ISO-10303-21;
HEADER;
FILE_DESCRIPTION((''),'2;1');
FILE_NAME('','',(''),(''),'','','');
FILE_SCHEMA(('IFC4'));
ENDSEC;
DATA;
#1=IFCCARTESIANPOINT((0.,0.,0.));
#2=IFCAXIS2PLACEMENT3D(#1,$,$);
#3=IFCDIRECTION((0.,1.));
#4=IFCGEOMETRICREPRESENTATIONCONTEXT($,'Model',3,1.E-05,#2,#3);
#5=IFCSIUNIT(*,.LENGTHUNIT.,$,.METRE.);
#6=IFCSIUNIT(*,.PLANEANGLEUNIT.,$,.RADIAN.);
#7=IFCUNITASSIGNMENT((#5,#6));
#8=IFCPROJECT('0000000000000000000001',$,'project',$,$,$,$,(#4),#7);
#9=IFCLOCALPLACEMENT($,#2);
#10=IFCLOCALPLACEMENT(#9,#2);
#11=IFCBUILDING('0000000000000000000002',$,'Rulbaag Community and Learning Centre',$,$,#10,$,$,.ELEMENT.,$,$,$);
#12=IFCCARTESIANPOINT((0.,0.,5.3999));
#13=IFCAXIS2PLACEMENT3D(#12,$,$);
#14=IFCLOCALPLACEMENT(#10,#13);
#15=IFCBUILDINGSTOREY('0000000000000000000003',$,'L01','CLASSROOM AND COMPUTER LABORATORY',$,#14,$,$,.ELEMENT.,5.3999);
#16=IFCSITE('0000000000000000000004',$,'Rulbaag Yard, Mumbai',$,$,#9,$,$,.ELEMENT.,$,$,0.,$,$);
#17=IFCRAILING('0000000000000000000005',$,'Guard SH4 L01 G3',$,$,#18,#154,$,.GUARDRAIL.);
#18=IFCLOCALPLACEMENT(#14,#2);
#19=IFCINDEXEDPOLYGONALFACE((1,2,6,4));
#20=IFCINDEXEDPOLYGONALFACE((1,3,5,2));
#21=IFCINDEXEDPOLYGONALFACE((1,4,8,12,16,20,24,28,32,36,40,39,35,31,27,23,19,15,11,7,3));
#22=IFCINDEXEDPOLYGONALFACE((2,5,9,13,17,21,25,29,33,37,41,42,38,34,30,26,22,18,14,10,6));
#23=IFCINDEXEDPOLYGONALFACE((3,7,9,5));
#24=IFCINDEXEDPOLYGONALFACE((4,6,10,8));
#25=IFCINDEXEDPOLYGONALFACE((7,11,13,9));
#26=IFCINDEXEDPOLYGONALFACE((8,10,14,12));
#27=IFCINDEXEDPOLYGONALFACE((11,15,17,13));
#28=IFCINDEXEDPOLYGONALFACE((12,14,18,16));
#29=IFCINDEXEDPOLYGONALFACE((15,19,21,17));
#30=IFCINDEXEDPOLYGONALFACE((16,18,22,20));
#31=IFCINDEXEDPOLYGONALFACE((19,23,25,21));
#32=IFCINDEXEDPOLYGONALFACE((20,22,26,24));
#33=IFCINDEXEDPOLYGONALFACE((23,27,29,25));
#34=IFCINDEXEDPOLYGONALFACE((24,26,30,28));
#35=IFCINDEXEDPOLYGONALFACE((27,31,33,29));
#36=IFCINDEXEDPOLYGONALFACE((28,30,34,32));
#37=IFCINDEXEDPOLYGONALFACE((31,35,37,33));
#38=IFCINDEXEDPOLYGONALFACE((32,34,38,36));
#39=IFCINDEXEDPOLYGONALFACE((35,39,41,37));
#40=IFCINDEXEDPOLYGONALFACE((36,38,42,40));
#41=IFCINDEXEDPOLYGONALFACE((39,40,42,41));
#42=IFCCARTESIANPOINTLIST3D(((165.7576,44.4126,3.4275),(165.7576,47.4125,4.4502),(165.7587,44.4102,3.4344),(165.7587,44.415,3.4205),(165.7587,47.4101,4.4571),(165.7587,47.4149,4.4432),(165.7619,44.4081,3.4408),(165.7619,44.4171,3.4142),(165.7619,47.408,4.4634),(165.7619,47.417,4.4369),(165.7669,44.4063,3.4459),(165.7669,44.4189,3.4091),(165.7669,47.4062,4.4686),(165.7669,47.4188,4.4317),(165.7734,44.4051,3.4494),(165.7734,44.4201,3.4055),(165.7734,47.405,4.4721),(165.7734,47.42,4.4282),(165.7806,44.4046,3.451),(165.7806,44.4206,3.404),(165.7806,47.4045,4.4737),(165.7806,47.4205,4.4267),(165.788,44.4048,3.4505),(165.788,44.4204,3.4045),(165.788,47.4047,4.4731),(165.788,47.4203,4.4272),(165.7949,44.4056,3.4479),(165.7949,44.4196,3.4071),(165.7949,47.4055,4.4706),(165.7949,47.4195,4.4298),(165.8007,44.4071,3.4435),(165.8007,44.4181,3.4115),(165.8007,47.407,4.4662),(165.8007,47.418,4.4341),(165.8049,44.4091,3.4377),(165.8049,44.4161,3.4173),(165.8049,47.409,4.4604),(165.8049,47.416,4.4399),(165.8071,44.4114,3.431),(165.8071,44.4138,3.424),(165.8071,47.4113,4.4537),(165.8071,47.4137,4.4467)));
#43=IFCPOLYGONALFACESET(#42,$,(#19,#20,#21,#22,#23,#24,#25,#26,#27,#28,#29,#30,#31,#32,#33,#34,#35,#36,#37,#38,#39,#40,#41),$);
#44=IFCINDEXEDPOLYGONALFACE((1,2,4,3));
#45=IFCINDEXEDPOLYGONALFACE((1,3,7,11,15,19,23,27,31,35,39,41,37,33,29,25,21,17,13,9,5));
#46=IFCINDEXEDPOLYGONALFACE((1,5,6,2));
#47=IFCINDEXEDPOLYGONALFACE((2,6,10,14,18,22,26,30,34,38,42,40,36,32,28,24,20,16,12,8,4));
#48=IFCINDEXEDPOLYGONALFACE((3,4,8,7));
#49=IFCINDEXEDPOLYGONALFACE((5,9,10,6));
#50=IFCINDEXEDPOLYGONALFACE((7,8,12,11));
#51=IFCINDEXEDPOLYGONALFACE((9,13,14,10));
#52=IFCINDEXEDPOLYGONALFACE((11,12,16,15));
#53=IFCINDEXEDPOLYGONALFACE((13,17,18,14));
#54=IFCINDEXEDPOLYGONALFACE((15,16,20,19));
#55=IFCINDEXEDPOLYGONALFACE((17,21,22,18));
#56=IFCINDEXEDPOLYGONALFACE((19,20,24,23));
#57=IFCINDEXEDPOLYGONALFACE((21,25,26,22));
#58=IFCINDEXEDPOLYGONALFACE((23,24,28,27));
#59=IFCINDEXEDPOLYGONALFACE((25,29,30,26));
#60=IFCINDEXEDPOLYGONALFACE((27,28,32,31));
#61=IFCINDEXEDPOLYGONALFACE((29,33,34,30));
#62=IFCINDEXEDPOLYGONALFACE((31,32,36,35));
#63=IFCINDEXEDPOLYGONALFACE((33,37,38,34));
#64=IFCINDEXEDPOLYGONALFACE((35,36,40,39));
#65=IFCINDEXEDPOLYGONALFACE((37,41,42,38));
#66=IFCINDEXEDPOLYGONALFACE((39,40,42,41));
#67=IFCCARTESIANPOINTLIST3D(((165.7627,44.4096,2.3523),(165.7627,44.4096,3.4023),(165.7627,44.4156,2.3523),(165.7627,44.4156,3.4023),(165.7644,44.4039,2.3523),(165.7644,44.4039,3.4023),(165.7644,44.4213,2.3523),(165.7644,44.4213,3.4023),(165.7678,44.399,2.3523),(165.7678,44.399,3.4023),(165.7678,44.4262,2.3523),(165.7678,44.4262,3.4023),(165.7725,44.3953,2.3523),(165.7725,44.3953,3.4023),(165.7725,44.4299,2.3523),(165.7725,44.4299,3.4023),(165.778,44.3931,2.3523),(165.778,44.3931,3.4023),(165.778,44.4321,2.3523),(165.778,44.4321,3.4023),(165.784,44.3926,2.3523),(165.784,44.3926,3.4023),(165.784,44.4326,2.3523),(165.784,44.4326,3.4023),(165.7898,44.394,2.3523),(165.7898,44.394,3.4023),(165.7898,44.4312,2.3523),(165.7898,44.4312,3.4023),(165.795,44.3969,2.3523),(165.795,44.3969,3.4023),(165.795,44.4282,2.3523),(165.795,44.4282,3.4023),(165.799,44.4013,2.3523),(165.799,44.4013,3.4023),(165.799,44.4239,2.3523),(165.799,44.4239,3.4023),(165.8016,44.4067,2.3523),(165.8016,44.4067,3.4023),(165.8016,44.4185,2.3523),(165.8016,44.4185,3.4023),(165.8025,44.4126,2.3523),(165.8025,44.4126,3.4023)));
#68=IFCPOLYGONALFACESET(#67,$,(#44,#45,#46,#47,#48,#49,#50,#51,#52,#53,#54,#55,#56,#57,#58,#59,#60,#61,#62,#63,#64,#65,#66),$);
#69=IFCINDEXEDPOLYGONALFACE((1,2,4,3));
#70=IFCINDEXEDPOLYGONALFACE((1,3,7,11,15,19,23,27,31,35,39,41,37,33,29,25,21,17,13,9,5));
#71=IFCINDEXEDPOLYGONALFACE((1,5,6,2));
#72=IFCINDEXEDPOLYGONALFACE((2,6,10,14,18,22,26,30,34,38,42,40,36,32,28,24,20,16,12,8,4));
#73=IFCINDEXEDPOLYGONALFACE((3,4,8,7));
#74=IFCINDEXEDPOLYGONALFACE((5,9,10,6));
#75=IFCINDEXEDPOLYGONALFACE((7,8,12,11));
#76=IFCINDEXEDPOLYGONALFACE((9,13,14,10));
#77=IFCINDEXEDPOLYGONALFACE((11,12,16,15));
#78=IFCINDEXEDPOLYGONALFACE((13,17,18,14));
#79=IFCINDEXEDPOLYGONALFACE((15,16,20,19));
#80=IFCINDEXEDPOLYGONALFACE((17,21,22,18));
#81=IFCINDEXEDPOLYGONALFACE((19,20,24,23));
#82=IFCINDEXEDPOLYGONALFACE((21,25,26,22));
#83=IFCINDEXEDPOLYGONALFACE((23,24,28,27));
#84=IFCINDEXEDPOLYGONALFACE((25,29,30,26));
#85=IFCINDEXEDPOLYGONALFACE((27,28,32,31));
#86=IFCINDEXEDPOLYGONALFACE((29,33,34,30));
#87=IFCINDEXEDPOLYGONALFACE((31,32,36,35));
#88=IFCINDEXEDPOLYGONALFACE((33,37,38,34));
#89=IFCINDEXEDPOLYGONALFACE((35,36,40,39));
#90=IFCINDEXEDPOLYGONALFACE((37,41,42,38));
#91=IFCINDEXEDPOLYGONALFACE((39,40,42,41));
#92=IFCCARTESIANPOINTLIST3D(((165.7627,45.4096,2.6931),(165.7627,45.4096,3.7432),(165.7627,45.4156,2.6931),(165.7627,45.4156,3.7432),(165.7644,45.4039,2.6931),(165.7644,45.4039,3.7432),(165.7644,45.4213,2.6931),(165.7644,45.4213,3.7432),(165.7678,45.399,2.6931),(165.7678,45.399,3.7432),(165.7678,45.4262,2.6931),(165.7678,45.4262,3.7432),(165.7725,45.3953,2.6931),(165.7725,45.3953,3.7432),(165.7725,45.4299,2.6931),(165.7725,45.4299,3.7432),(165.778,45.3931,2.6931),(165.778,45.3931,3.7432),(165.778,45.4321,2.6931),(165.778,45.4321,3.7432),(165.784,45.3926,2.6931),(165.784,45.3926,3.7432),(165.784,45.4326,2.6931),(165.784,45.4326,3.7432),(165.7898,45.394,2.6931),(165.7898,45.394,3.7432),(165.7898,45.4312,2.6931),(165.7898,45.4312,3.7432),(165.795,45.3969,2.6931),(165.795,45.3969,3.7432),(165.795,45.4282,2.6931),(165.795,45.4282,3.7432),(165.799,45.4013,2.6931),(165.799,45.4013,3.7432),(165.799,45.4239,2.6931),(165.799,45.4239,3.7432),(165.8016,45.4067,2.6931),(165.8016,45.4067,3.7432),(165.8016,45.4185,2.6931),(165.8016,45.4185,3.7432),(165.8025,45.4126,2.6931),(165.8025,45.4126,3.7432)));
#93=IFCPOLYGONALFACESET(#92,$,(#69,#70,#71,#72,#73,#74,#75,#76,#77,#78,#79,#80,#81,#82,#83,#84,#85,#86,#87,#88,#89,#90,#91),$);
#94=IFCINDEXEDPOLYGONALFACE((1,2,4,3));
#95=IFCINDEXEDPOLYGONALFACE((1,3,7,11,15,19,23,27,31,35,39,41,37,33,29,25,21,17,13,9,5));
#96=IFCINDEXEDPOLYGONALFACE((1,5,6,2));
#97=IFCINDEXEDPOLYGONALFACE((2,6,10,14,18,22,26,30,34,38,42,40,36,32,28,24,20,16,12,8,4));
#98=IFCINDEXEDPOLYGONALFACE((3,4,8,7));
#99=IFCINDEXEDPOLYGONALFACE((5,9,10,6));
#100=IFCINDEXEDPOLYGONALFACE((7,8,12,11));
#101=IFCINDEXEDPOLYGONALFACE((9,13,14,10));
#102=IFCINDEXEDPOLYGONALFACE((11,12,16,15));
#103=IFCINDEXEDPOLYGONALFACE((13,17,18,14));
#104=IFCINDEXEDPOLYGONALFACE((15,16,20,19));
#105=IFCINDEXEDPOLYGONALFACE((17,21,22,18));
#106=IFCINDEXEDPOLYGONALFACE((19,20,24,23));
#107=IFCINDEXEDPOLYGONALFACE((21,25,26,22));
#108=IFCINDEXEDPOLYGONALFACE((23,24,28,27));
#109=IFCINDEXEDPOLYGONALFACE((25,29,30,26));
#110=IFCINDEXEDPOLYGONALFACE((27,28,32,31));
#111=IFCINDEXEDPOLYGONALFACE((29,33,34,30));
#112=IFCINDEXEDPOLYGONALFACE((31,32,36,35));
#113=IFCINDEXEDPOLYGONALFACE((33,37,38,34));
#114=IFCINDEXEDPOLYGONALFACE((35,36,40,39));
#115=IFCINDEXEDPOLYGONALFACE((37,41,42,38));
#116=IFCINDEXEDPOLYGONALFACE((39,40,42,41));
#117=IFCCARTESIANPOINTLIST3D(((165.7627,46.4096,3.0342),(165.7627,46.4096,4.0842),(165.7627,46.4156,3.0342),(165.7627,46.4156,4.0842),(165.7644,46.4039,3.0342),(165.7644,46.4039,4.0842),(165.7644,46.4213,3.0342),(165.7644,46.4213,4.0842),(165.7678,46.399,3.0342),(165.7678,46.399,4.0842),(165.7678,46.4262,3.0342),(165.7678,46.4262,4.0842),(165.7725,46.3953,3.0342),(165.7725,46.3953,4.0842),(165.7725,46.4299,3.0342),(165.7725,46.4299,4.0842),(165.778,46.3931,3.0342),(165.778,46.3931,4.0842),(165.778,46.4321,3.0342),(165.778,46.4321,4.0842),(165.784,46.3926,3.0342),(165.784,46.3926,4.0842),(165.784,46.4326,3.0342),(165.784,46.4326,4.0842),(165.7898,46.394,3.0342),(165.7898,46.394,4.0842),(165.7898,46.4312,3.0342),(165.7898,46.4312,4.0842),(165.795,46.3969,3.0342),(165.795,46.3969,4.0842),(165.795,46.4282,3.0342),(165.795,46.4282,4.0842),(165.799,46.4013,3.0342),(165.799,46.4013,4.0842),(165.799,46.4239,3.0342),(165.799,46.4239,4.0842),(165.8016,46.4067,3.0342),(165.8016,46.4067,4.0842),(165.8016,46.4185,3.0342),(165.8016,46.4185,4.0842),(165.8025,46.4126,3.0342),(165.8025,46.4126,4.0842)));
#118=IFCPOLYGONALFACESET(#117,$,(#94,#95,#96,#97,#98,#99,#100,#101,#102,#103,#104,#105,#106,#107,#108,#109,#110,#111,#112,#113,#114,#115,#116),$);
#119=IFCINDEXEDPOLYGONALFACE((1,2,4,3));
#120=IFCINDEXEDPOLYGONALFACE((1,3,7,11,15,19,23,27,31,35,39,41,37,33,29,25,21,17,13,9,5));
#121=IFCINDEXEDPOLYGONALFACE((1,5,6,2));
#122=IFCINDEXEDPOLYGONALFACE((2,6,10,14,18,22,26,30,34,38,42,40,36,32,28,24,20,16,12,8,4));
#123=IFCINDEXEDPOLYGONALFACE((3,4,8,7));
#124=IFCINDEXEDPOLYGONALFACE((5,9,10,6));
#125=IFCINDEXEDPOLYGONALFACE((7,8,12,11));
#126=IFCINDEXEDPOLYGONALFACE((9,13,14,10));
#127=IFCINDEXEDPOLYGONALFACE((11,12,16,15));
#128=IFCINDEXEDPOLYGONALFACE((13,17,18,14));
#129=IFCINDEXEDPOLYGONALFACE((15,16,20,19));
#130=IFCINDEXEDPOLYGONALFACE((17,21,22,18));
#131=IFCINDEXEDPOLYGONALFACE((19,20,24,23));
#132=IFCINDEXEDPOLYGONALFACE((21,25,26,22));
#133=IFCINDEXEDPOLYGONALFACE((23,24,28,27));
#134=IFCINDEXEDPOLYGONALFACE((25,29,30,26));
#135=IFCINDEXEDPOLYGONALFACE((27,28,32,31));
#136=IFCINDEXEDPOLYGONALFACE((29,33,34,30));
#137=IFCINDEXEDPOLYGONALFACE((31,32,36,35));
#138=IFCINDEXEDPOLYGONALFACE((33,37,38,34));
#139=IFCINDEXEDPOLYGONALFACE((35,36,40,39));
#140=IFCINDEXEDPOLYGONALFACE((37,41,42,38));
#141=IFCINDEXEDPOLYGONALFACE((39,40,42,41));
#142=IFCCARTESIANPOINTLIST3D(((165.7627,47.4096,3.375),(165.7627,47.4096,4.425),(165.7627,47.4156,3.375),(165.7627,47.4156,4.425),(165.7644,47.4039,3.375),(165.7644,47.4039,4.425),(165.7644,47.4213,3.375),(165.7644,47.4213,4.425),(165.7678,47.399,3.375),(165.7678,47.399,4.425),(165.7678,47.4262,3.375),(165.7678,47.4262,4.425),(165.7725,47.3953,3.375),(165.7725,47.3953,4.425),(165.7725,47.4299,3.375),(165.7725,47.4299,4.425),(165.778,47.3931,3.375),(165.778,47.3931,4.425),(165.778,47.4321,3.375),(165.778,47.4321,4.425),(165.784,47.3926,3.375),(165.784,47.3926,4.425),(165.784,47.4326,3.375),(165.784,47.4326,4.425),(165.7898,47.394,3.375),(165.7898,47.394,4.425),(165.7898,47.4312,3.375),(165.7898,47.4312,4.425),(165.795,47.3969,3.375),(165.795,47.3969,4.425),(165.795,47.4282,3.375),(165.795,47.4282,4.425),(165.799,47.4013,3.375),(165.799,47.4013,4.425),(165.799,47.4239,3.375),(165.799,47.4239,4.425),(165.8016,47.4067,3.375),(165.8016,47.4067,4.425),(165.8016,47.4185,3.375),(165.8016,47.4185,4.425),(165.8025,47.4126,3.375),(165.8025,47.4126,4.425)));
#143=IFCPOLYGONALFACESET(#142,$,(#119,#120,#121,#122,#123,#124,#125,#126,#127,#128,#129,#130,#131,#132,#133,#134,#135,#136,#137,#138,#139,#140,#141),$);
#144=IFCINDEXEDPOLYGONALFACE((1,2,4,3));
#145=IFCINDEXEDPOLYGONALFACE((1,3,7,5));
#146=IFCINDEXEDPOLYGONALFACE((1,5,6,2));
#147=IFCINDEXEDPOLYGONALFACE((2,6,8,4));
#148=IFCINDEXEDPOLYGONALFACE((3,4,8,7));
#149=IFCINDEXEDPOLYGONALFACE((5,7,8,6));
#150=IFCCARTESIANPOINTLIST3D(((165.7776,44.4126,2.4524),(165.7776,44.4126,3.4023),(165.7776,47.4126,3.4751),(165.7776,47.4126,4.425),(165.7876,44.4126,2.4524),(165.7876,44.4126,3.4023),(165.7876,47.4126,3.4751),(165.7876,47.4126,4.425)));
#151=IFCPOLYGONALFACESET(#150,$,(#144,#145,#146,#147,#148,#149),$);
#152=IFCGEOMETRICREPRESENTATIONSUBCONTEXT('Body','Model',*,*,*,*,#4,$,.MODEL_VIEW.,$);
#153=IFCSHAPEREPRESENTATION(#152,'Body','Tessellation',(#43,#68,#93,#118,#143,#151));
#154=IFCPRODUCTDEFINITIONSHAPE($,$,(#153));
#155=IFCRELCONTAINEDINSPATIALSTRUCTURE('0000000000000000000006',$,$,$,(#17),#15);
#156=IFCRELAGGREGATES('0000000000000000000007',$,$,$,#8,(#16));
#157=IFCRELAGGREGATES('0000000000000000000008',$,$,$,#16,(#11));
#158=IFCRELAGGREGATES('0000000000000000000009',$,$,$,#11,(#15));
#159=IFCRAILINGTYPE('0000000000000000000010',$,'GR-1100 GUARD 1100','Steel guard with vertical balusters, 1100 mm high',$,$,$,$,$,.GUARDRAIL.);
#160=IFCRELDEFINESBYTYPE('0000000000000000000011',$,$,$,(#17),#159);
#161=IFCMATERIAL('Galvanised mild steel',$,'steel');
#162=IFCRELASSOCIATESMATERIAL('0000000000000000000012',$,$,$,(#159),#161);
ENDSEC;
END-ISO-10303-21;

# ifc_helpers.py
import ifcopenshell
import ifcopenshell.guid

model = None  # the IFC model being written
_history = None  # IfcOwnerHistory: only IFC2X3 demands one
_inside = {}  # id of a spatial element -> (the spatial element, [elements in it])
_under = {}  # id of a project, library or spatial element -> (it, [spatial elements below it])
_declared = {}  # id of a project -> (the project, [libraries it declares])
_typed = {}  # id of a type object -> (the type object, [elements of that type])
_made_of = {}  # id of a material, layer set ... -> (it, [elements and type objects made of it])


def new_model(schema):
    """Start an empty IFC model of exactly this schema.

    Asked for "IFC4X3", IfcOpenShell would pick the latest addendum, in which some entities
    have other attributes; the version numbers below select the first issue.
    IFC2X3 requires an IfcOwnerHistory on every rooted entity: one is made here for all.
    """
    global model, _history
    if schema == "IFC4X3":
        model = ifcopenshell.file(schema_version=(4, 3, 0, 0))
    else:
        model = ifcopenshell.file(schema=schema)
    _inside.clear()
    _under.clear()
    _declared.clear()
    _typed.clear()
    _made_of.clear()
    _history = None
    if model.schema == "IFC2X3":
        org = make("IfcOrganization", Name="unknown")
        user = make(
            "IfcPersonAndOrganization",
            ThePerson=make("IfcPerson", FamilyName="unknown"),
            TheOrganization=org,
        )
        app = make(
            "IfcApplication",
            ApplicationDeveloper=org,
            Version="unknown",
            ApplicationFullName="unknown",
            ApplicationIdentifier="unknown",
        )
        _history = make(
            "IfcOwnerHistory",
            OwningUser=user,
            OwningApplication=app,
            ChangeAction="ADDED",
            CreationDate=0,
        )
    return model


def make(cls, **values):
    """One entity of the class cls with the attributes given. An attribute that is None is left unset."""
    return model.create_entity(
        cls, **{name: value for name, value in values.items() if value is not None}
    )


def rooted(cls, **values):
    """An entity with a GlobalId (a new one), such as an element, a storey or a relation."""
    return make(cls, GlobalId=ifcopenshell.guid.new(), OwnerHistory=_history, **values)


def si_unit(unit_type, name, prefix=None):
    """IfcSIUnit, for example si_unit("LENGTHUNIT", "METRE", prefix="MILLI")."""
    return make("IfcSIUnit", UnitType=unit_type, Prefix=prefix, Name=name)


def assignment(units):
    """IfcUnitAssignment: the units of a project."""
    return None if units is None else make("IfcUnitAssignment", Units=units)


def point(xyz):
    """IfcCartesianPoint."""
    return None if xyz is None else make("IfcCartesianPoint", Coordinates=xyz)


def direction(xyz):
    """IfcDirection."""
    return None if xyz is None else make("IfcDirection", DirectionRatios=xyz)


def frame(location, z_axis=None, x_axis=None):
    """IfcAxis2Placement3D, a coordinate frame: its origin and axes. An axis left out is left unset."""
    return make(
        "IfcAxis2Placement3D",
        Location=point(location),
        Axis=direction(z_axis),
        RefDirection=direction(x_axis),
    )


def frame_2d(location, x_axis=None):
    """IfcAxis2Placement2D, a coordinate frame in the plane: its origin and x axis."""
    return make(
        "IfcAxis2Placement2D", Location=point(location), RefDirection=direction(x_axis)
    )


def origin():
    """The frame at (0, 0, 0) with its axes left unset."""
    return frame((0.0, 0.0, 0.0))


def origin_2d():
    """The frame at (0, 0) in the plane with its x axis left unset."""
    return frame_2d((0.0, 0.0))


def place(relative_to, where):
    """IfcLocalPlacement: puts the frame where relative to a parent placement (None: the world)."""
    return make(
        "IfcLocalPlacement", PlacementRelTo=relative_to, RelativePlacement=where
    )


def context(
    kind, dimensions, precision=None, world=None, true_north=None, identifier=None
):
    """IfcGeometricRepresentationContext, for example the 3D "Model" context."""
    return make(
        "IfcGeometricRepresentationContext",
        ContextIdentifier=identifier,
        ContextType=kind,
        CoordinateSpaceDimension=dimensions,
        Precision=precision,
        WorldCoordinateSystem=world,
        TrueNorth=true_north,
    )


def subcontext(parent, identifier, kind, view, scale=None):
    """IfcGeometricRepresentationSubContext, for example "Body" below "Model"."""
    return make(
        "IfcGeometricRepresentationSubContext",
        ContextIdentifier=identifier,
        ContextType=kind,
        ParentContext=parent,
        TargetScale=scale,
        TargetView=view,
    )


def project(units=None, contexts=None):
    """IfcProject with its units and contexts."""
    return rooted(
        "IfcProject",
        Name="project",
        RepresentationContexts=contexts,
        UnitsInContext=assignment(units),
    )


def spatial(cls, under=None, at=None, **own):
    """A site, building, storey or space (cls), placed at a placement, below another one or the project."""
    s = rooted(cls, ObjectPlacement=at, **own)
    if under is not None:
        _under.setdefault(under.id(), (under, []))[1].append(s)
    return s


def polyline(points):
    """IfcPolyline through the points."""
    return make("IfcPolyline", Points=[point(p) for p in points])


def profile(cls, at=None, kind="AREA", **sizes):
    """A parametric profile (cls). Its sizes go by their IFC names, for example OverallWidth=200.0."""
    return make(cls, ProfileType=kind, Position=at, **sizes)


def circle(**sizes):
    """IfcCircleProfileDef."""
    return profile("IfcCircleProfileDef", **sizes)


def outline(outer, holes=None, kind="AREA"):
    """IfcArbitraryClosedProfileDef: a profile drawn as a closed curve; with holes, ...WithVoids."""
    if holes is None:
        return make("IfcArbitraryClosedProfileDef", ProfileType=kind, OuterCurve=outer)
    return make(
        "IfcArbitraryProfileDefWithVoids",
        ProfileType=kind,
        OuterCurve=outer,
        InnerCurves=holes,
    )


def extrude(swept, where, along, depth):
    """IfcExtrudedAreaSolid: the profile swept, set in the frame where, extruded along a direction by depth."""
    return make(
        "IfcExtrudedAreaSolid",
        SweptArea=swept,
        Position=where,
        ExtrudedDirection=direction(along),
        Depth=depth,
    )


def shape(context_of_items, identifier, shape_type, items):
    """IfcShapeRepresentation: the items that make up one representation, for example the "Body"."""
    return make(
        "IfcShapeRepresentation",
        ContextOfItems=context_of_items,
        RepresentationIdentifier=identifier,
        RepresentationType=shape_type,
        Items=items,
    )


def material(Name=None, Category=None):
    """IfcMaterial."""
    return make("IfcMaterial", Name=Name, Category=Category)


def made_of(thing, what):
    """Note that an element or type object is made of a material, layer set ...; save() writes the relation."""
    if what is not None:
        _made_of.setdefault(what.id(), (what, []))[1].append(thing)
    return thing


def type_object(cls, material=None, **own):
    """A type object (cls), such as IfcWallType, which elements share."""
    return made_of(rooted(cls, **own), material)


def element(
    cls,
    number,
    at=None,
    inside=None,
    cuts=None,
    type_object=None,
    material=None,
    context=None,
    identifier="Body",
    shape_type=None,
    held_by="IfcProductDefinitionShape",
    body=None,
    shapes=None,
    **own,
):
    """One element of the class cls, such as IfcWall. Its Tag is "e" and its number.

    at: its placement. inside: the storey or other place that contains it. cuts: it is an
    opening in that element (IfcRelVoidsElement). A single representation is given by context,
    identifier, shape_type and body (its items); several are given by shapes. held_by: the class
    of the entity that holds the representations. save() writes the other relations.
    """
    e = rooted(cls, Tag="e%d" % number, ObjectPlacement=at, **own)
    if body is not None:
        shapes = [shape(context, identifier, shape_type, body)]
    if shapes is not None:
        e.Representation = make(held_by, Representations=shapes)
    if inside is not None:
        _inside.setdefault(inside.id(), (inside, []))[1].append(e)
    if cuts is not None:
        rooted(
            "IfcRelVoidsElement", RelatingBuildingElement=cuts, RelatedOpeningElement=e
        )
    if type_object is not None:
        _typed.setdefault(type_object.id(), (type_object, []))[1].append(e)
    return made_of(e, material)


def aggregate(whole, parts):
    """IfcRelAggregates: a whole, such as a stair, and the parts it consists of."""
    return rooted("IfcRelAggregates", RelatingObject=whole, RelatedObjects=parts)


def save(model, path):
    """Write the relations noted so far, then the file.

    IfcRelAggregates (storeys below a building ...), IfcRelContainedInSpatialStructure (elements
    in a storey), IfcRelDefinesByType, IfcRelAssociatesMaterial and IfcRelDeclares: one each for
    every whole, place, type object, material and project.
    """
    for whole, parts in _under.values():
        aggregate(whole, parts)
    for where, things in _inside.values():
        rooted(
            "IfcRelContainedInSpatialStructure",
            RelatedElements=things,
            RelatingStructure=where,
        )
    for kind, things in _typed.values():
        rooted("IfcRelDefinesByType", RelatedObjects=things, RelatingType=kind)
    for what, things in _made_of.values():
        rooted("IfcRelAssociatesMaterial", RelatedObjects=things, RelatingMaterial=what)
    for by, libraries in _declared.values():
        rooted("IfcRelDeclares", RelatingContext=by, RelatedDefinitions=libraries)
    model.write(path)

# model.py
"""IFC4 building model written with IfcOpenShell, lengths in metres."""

from ifc_helpers import new_model, si_unit, direction, frame, origin, origin_2d, place, context, subcontext, project, spatial, polyline, circle, outline, extrude, material, type_object, element, save


model = new_model("IFC4")

# Units and contexts
model_context = context("Model", 3, precision=1e-05, world=origin(), true_north=direction((0.0, 1.0)))
body_context = subcontext(model_context, "Body", "Model", "MODEL_VIEW")
ifc_project = project(units=[si_unit("LENGTHUNIT", "METRE"), si_unit("PLANEANGLEUNIT", "RADIAN")], contexts=[model_context])

# Site, building, storey
site_placement = place(None, origin())
site = spatial("IfcSite", under=ifc_project, at=site_placement, Name="Rulbaag Yard, Mumbai", CompositionType="ELEMENT", RefElevation=0.0)
building_placement = place(site_placement, origin())
building = spatial("IfcBuilding", under=site, at=building_placement, Name="Rulbaag Community and Learning Centre", CompositionType="ELEMENT")
storey_placement = place(building_placement, frame((0.0, 0.0, 5.3999)))
storey = spatial("IfcBuildingStorey", under=building, at=storey_placement, Name="L01", Description="CLASSROOM AND COMPUTER LABORATORY", CompositionType="ELEMENT", Elevation=5.3999)

# Railing
ifc_material_1 = material(Name="Galvanised mild steel", Category="steel")
railing_type_1 = type_object("IfcRailingType", Name="GR-1100 GUARD 1100", Description="Steel guard with vertical balusters, 1100 mm high", PredefinedType="GUARDRAIL", material=ifc_material_1)
railing_1_placement = place(storey_placement, frame((165.7825, 44.4126, 2.3523)))
element("IfcRailing", 1, at=railing_1_placement, inside=storey, type_object=railing_type_1, Name="Guard SH4 L01 G3", PredefinedType="GUARDRAIL", context=body_context, shape_type="SweptSolid", body=[
    extrude(circle(Radius=0.0249, at=origin_2d()), frame((0.0, 0.0, 1.0752), z_axis=(0.0, 0.946512, 0.322668), x_axis=(-1.0, 0.0, 0.0)), (0.0, 0.0, 1.0), 3.1694),
    extrude(circle(Radius=0.02, at=origin_2d()), origin(), (0.0, 0.0, 1.0), 1.05),
    extrude(circle(Radius=0.02, at=origin_2d()), frame((0.0, 1.0, 0.3408)), (0.0, 0.0, 1.0), 1.05),
    extrude(circle(Radius=0.02, at=origin_2d()), frame((0.0, 2.0, 0.6819)), (0.0, 0.0, 1.0), 1.05),
    extrude(circle(Radius=0.02, at=origin_2d()), frame((0.0, 3.0, 1.0227)), (0.0, 0.0, 1.0), 1.05),
    extrude(outline(polyline([(0.0, 0.0), (3.0, 1.0227), (3.0, 1.9727), (0.0, 0.95), (0.0, 0.0)])), frame((-0.0049, 0.0, 0.1001), z_axis=(1.0, 0.0, 0.0), x_axis=(0.0, 1.0, 0.0)), (0.0, 0.0, 1.0), 0.01),
])

save(model, "model.ifc")
